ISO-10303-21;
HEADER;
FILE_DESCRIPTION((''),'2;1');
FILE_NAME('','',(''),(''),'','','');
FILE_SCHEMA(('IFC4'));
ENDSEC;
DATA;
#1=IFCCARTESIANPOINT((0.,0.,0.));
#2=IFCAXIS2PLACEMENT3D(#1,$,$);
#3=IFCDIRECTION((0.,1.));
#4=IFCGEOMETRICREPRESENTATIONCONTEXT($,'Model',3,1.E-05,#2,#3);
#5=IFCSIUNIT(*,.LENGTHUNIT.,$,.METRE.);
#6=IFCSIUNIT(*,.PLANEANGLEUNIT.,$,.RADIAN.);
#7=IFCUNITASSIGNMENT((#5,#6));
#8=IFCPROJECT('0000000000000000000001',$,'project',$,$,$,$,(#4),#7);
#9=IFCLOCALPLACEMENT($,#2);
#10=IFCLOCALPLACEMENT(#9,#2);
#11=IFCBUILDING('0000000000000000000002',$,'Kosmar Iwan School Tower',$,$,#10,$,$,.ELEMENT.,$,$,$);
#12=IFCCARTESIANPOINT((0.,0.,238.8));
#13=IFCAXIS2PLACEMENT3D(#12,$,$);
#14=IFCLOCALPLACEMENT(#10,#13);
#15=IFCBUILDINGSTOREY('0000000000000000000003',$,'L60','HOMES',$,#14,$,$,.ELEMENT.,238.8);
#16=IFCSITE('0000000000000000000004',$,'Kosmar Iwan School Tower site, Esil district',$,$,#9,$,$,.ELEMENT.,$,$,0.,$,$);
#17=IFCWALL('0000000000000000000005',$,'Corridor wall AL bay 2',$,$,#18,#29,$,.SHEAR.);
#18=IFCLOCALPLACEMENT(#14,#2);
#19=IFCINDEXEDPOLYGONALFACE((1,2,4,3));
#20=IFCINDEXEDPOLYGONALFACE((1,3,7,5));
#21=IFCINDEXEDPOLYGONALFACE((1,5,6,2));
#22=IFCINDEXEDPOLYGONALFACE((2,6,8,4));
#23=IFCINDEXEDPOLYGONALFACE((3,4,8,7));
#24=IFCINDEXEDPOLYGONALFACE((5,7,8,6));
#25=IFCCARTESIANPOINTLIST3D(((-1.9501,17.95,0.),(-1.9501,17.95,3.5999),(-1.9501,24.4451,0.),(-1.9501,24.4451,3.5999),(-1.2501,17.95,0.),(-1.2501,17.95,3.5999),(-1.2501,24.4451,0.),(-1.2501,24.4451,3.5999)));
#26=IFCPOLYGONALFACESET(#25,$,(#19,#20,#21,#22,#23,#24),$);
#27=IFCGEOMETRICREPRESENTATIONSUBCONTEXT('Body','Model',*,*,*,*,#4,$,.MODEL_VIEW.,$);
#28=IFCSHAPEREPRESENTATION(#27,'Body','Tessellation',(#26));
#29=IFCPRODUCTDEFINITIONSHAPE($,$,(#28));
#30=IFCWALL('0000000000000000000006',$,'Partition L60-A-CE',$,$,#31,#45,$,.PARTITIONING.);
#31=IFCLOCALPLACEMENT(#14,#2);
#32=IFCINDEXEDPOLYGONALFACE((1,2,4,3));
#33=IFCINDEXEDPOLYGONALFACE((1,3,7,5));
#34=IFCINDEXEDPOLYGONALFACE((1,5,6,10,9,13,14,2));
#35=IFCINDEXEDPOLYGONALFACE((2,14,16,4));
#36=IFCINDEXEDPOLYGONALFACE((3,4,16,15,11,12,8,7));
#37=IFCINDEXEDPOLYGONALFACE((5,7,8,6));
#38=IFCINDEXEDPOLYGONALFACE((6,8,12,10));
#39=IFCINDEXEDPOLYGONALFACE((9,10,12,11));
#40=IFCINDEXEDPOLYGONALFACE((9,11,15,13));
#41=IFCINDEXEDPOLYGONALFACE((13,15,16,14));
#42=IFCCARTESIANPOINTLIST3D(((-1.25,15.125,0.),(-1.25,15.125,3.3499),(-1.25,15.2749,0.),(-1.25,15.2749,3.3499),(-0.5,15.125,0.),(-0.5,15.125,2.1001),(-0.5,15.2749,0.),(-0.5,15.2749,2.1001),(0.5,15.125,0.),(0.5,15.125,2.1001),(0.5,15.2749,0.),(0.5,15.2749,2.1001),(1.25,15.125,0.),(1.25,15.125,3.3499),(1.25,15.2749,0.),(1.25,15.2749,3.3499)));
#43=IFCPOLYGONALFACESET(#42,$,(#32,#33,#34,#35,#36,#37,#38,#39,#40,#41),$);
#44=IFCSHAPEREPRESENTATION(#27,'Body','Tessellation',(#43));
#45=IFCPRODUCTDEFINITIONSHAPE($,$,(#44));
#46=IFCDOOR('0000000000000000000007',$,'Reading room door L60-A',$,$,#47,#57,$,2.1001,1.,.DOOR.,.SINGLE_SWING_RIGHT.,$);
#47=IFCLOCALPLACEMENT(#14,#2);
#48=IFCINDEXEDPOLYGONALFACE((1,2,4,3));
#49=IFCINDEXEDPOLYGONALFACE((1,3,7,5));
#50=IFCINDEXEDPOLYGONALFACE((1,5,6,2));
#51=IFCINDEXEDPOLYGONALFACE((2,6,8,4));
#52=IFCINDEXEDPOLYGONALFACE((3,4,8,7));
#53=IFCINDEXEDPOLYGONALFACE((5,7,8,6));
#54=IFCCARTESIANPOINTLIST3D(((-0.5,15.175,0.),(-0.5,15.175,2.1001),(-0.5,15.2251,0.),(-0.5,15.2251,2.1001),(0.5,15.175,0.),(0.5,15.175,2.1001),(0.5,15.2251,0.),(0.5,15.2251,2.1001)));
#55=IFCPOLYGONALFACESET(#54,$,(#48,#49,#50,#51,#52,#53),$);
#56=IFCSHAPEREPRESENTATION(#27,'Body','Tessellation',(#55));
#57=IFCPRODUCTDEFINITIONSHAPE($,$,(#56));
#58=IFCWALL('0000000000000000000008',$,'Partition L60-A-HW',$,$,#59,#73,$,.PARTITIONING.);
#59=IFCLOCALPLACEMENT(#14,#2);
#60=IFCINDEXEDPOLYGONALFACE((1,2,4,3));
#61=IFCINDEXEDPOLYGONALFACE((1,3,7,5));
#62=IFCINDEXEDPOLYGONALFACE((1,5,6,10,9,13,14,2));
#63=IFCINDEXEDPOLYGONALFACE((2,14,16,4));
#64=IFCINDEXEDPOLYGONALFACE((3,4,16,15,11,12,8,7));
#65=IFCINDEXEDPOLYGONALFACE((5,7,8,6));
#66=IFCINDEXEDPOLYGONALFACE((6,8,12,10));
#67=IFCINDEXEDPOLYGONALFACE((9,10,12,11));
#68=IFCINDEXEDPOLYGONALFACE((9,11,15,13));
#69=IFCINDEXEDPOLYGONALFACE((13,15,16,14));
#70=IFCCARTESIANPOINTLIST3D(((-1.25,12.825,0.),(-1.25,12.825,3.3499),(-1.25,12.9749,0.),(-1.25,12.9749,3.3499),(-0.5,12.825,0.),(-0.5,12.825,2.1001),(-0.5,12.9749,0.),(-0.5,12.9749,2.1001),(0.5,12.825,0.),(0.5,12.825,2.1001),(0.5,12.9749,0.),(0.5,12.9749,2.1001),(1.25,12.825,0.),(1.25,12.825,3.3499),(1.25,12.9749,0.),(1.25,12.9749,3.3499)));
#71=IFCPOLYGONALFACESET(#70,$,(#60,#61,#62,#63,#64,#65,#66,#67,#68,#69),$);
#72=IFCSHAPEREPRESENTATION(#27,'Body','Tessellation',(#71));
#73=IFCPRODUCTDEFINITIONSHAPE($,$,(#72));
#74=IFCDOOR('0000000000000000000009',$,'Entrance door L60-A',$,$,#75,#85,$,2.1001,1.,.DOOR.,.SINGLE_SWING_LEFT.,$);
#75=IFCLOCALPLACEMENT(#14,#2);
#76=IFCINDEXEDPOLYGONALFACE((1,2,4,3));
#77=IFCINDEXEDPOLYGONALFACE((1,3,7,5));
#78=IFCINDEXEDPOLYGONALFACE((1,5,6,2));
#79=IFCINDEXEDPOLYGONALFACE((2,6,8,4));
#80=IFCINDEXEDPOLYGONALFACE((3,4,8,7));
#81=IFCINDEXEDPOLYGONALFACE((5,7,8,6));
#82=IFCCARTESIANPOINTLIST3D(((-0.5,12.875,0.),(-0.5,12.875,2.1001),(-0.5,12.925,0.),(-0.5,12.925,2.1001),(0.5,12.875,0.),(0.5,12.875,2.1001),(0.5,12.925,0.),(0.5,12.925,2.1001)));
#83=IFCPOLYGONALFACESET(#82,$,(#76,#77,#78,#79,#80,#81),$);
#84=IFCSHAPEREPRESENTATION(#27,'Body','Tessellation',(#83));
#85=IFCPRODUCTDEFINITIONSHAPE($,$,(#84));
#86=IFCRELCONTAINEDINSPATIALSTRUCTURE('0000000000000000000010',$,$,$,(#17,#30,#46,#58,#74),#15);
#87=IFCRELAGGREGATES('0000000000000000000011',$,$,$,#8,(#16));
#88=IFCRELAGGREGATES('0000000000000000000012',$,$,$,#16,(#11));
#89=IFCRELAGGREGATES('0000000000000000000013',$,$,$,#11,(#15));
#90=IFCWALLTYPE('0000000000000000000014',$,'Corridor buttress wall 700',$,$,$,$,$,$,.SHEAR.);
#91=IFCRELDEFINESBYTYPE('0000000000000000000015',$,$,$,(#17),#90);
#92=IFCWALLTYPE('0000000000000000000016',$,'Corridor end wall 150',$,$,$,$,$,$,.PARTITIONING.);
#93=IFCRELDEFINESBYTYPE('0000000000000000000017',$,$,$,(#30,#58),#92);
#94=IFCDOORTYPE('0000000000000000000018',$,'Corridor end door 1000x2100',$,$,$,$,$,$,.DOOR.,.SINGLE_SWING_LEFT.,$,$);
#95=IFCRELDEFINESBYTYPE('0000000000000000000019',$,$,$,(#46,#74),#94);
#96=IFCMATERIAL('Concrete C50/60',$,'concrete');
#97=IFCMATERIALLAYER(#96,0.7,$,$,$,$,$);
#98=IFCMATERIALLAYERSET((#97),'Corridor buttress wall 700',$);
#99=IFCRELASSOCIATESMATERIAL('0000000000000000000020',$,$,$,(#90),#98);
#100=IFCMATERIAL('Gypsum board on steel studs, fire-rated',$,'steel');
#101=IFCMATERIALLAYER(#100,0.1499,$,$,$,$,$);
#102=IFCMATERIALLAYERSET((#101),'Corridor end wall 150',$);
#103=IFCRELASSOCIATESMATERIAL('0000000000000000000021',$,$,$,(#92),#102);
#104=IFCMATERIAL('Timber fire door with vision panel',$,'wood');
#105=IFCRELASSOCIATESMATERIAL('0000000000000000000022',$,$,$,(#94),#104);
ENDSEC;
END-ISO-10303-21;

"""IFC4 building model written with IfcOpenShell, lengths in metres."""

from ifc_helpers import new_model, si_unit, direction, frame, frame_2d, origin, place, context, subcontext, project, spatial, rectangle, extrude, material, layer, layer_set, type_object, element, fill, save


model = new_model("IFC4")

# Units and contexts
model_context = context("Model", 3, precision=1e-05, world=origin(), true_north=direction((0.0, 1.0)))
body_context = subcontext(model_context, "Body", "Model", "MODEL_VIEW")
ifc_project = project(units=[si_unit("LENGTHUNIT", "METRE"), si_unit("PLANEANGLEUNIT", "RADIAN")], contexts=[model_context])

# Site, building, storey
site_placement = place(None, origin())
site = spatial("IfcSite", under=ifc_project, at=site_placement, Name="Kosmar Iwan School Tower site, Esil district", CompositionType="ELEMENT", RefElevation=0.0)
building_placement = place(site_placement, origin())
building = spatial("IfcBuilding", under=site, at=building_placement, Name="Kosmar Iwan School Tower", CompositionType="ELEMENT")
storey_placement = place(building_placement, frame((0.0, 0.0, 238.8)))
storey = spatial("IfcBuildingStorey", under=building, at=storey_placement, Name="L60", Description="HOMES", CompositionType="ELEMENT", Elevation=238.8)

# Wall
ifc_material_1 = material(Name="Concrete C50/60", Category="concrete")
ifc_layer_1 = layer(ifc_material_1, 0.7)
ifc_layer_set_1 = layer_set([ifc_layer_1], Name="Corridor buttress wall 700")
wall_type_1 = type_object("IfcWallType", Name="Corridor buttress wall 700", PredefinedType="SHEAR", material=ifc_layer_set_1)
wall_1_placement = place(storey_placement, frame((-1.6001, 17.95, 0.0), z_axis=(0.0, 0.0, 1.0), x_axis=(0.0, 1.0, 0.0)))
element("IfcWall", 1, at=wall_1_placement, inside=storey, type_object=wall_type_1, Name="Corridor wall AL bay 2", PredefinedType="SHEAR", context=body_context, shape_type="SweptSolid", body=[
    extrude(rectangle(XDim=6.4951, YDim=0.7, at=frame_2d((3.2476, 0.0))), origin(), (0.0, 0.0, 1.0), 3.5999),
])

# Walls, openings, doors
ifc_material_2 = material(Name="Gypsum board on steel studs, fire-rated", Category="steel")
ifc_layer_2 = layer(ifc_material_2, 0.1499)
ifc_layer_set_2 = layer_set([ifc_layer_2], Name="Corridor end wall 150")
wall_type_2 = type_object("IfcWallType", Name="Corridor end wall 150", PredefinedType="PARTITIONING", material=ifc_layer_set_2)
wall_2_placement = place(storey_placement, frame((1.25, 15.2, 0.0), z_axis=(0.0, 0.0, 1.0), x_axis=(-1.0, 0.0, 0.0)))
wall_2 = element("IfcWall", 2, at=wall_2_placement, inside=storey, type_object=wall_type_2, Name="Partition L60-A-CE", PredefinedType="PARTITIONING", context=body_context, shape_type="SweptSolid", body=[
    extrude(rectangle(XDim=2.5, YDim=0.1499, at=frame_2d((1.25, 0.0))), origin(), (0.0, 0.0, 1.0), 3.3499),
])
opening_1_placement = place(wall_2_placement, frame((0.75, 0.0, 0.0)))
opening_1 = element("IfcOpeningElement", 3, at=opening_1_placement, cuts=wall_2, PredefinedType="OPENING", context=body_context, shape_type="SweptSolid", body=[
    extrude(rectangle(XDim=1.0, YDim=2.1001, at=frame_2d((0.5, 1.05))), frame((0.0, 0.0869, 0.0), z_axis=(0.0, -1.0, 0.0), x_axis=(1.0, 0.0, 0.0)), (0.0, 0.0, 1.0), 0.1738),
])
ifc_material_3 = material(Name="Timber fire door with vision panel", Category="wood")
door_type_1 = type_object("IfcDoorType", Name="Corridor end door 1000x2100", OperationType="SINGLE_SWING_LEFT", PredefinedType="DOOR", material=ifc_material_3)
door_1_placement = place(opening_1_placement, origin())
door_1 = element("IfcDoor", 4, at=door_1_placement, inside=storey, type_object=door_type_1, Name="Reading room door L60-A", OperationType="SINGLE_SWING_RIGHT", OverallHeight=2.1001, OverallWidth=1.0, PredefinedType="DOOR", context=body_context, shape_type="SweptSolid", body=[
    extrude(rectangle(XDim=1.0, YDim=2.1001, at=frame_2d((0.5, 1.05))), frame((0.0, 0.0249, 0.0), z_axis=(0.0, -1.0, 0.0), x_axis=(1.0, 0.0, 0.0)), (0.0, 0.0, 1.0), 0.05),
])
fill(opening_1, door_1)
wall_3_placement = place(storey_placement, frame((1.25, 12.8999, 0.0), z_axis=(0.0, 0.0, 1.0), x_axis=(-1.0, 0.0, 0.0)))
wall_3 = element("IfcWall", 5, at=wall_3_placement, inside=storey, type_object=wall_type_2, Name="Partition L60-A-HW", PredefinedType="PARTITIONING", context=body_context, shape_type="SweptSolid", body=[
    extrude(rectangle(XDim=2.5, YDim=0.1499, at=frame_2d((1.25, 0.0))), origin(), (0.0, 0.0, 1.0), 3.3499),
])
opening_2_placement = place(wall_3_placement, frame((0.75, 0.0, 0.0)))
opening_2 = element("IfcOpeningElement", 6, at=opening_2_placement, cuts=wall_3, PredefinedType="OPENING", context=body_context, shape_type="SweptSolid", body=[
    extrude(rectangle(XDim=1.0, YDim=2.1001, at=frame_2d((0.5, 1.05))), frame((0.0, 0.0869, 0.0), z_axis=(0.0, -1.0, 0.0), x_axis=(1.0, 0.0, 0.0)), (0.0, 0.0, 1.0), 0.1738),
])
door_2_placement = place(opening_2_placement, origin())
door_2 = element("IfcDoor", 7, at=door_2_placement, inside=storey, type_object=door_type_1, Name="Entrance door L60-A", OperationType="SINGLE_SWING_LEFT", OverallHeight=2.1001, OverallWidth=1.0, PredefinedType="DOOR", context=body_context, shape_type="SweptSolid", body=[
    extrude(rectangle(XDim=1.0, YDim=2.1001, at=frame_2d((0.5, 1.05))), frame((0.0, 0.0249, 0.0), z_axis=(0.0, -1.0, 0.0), x_axis=(1.0, 0.0, 0.0)), (0.0, 0.0, 1.0), 0.05),
])
fill(opening_2, door_2)

save(model, "model.ifc")
